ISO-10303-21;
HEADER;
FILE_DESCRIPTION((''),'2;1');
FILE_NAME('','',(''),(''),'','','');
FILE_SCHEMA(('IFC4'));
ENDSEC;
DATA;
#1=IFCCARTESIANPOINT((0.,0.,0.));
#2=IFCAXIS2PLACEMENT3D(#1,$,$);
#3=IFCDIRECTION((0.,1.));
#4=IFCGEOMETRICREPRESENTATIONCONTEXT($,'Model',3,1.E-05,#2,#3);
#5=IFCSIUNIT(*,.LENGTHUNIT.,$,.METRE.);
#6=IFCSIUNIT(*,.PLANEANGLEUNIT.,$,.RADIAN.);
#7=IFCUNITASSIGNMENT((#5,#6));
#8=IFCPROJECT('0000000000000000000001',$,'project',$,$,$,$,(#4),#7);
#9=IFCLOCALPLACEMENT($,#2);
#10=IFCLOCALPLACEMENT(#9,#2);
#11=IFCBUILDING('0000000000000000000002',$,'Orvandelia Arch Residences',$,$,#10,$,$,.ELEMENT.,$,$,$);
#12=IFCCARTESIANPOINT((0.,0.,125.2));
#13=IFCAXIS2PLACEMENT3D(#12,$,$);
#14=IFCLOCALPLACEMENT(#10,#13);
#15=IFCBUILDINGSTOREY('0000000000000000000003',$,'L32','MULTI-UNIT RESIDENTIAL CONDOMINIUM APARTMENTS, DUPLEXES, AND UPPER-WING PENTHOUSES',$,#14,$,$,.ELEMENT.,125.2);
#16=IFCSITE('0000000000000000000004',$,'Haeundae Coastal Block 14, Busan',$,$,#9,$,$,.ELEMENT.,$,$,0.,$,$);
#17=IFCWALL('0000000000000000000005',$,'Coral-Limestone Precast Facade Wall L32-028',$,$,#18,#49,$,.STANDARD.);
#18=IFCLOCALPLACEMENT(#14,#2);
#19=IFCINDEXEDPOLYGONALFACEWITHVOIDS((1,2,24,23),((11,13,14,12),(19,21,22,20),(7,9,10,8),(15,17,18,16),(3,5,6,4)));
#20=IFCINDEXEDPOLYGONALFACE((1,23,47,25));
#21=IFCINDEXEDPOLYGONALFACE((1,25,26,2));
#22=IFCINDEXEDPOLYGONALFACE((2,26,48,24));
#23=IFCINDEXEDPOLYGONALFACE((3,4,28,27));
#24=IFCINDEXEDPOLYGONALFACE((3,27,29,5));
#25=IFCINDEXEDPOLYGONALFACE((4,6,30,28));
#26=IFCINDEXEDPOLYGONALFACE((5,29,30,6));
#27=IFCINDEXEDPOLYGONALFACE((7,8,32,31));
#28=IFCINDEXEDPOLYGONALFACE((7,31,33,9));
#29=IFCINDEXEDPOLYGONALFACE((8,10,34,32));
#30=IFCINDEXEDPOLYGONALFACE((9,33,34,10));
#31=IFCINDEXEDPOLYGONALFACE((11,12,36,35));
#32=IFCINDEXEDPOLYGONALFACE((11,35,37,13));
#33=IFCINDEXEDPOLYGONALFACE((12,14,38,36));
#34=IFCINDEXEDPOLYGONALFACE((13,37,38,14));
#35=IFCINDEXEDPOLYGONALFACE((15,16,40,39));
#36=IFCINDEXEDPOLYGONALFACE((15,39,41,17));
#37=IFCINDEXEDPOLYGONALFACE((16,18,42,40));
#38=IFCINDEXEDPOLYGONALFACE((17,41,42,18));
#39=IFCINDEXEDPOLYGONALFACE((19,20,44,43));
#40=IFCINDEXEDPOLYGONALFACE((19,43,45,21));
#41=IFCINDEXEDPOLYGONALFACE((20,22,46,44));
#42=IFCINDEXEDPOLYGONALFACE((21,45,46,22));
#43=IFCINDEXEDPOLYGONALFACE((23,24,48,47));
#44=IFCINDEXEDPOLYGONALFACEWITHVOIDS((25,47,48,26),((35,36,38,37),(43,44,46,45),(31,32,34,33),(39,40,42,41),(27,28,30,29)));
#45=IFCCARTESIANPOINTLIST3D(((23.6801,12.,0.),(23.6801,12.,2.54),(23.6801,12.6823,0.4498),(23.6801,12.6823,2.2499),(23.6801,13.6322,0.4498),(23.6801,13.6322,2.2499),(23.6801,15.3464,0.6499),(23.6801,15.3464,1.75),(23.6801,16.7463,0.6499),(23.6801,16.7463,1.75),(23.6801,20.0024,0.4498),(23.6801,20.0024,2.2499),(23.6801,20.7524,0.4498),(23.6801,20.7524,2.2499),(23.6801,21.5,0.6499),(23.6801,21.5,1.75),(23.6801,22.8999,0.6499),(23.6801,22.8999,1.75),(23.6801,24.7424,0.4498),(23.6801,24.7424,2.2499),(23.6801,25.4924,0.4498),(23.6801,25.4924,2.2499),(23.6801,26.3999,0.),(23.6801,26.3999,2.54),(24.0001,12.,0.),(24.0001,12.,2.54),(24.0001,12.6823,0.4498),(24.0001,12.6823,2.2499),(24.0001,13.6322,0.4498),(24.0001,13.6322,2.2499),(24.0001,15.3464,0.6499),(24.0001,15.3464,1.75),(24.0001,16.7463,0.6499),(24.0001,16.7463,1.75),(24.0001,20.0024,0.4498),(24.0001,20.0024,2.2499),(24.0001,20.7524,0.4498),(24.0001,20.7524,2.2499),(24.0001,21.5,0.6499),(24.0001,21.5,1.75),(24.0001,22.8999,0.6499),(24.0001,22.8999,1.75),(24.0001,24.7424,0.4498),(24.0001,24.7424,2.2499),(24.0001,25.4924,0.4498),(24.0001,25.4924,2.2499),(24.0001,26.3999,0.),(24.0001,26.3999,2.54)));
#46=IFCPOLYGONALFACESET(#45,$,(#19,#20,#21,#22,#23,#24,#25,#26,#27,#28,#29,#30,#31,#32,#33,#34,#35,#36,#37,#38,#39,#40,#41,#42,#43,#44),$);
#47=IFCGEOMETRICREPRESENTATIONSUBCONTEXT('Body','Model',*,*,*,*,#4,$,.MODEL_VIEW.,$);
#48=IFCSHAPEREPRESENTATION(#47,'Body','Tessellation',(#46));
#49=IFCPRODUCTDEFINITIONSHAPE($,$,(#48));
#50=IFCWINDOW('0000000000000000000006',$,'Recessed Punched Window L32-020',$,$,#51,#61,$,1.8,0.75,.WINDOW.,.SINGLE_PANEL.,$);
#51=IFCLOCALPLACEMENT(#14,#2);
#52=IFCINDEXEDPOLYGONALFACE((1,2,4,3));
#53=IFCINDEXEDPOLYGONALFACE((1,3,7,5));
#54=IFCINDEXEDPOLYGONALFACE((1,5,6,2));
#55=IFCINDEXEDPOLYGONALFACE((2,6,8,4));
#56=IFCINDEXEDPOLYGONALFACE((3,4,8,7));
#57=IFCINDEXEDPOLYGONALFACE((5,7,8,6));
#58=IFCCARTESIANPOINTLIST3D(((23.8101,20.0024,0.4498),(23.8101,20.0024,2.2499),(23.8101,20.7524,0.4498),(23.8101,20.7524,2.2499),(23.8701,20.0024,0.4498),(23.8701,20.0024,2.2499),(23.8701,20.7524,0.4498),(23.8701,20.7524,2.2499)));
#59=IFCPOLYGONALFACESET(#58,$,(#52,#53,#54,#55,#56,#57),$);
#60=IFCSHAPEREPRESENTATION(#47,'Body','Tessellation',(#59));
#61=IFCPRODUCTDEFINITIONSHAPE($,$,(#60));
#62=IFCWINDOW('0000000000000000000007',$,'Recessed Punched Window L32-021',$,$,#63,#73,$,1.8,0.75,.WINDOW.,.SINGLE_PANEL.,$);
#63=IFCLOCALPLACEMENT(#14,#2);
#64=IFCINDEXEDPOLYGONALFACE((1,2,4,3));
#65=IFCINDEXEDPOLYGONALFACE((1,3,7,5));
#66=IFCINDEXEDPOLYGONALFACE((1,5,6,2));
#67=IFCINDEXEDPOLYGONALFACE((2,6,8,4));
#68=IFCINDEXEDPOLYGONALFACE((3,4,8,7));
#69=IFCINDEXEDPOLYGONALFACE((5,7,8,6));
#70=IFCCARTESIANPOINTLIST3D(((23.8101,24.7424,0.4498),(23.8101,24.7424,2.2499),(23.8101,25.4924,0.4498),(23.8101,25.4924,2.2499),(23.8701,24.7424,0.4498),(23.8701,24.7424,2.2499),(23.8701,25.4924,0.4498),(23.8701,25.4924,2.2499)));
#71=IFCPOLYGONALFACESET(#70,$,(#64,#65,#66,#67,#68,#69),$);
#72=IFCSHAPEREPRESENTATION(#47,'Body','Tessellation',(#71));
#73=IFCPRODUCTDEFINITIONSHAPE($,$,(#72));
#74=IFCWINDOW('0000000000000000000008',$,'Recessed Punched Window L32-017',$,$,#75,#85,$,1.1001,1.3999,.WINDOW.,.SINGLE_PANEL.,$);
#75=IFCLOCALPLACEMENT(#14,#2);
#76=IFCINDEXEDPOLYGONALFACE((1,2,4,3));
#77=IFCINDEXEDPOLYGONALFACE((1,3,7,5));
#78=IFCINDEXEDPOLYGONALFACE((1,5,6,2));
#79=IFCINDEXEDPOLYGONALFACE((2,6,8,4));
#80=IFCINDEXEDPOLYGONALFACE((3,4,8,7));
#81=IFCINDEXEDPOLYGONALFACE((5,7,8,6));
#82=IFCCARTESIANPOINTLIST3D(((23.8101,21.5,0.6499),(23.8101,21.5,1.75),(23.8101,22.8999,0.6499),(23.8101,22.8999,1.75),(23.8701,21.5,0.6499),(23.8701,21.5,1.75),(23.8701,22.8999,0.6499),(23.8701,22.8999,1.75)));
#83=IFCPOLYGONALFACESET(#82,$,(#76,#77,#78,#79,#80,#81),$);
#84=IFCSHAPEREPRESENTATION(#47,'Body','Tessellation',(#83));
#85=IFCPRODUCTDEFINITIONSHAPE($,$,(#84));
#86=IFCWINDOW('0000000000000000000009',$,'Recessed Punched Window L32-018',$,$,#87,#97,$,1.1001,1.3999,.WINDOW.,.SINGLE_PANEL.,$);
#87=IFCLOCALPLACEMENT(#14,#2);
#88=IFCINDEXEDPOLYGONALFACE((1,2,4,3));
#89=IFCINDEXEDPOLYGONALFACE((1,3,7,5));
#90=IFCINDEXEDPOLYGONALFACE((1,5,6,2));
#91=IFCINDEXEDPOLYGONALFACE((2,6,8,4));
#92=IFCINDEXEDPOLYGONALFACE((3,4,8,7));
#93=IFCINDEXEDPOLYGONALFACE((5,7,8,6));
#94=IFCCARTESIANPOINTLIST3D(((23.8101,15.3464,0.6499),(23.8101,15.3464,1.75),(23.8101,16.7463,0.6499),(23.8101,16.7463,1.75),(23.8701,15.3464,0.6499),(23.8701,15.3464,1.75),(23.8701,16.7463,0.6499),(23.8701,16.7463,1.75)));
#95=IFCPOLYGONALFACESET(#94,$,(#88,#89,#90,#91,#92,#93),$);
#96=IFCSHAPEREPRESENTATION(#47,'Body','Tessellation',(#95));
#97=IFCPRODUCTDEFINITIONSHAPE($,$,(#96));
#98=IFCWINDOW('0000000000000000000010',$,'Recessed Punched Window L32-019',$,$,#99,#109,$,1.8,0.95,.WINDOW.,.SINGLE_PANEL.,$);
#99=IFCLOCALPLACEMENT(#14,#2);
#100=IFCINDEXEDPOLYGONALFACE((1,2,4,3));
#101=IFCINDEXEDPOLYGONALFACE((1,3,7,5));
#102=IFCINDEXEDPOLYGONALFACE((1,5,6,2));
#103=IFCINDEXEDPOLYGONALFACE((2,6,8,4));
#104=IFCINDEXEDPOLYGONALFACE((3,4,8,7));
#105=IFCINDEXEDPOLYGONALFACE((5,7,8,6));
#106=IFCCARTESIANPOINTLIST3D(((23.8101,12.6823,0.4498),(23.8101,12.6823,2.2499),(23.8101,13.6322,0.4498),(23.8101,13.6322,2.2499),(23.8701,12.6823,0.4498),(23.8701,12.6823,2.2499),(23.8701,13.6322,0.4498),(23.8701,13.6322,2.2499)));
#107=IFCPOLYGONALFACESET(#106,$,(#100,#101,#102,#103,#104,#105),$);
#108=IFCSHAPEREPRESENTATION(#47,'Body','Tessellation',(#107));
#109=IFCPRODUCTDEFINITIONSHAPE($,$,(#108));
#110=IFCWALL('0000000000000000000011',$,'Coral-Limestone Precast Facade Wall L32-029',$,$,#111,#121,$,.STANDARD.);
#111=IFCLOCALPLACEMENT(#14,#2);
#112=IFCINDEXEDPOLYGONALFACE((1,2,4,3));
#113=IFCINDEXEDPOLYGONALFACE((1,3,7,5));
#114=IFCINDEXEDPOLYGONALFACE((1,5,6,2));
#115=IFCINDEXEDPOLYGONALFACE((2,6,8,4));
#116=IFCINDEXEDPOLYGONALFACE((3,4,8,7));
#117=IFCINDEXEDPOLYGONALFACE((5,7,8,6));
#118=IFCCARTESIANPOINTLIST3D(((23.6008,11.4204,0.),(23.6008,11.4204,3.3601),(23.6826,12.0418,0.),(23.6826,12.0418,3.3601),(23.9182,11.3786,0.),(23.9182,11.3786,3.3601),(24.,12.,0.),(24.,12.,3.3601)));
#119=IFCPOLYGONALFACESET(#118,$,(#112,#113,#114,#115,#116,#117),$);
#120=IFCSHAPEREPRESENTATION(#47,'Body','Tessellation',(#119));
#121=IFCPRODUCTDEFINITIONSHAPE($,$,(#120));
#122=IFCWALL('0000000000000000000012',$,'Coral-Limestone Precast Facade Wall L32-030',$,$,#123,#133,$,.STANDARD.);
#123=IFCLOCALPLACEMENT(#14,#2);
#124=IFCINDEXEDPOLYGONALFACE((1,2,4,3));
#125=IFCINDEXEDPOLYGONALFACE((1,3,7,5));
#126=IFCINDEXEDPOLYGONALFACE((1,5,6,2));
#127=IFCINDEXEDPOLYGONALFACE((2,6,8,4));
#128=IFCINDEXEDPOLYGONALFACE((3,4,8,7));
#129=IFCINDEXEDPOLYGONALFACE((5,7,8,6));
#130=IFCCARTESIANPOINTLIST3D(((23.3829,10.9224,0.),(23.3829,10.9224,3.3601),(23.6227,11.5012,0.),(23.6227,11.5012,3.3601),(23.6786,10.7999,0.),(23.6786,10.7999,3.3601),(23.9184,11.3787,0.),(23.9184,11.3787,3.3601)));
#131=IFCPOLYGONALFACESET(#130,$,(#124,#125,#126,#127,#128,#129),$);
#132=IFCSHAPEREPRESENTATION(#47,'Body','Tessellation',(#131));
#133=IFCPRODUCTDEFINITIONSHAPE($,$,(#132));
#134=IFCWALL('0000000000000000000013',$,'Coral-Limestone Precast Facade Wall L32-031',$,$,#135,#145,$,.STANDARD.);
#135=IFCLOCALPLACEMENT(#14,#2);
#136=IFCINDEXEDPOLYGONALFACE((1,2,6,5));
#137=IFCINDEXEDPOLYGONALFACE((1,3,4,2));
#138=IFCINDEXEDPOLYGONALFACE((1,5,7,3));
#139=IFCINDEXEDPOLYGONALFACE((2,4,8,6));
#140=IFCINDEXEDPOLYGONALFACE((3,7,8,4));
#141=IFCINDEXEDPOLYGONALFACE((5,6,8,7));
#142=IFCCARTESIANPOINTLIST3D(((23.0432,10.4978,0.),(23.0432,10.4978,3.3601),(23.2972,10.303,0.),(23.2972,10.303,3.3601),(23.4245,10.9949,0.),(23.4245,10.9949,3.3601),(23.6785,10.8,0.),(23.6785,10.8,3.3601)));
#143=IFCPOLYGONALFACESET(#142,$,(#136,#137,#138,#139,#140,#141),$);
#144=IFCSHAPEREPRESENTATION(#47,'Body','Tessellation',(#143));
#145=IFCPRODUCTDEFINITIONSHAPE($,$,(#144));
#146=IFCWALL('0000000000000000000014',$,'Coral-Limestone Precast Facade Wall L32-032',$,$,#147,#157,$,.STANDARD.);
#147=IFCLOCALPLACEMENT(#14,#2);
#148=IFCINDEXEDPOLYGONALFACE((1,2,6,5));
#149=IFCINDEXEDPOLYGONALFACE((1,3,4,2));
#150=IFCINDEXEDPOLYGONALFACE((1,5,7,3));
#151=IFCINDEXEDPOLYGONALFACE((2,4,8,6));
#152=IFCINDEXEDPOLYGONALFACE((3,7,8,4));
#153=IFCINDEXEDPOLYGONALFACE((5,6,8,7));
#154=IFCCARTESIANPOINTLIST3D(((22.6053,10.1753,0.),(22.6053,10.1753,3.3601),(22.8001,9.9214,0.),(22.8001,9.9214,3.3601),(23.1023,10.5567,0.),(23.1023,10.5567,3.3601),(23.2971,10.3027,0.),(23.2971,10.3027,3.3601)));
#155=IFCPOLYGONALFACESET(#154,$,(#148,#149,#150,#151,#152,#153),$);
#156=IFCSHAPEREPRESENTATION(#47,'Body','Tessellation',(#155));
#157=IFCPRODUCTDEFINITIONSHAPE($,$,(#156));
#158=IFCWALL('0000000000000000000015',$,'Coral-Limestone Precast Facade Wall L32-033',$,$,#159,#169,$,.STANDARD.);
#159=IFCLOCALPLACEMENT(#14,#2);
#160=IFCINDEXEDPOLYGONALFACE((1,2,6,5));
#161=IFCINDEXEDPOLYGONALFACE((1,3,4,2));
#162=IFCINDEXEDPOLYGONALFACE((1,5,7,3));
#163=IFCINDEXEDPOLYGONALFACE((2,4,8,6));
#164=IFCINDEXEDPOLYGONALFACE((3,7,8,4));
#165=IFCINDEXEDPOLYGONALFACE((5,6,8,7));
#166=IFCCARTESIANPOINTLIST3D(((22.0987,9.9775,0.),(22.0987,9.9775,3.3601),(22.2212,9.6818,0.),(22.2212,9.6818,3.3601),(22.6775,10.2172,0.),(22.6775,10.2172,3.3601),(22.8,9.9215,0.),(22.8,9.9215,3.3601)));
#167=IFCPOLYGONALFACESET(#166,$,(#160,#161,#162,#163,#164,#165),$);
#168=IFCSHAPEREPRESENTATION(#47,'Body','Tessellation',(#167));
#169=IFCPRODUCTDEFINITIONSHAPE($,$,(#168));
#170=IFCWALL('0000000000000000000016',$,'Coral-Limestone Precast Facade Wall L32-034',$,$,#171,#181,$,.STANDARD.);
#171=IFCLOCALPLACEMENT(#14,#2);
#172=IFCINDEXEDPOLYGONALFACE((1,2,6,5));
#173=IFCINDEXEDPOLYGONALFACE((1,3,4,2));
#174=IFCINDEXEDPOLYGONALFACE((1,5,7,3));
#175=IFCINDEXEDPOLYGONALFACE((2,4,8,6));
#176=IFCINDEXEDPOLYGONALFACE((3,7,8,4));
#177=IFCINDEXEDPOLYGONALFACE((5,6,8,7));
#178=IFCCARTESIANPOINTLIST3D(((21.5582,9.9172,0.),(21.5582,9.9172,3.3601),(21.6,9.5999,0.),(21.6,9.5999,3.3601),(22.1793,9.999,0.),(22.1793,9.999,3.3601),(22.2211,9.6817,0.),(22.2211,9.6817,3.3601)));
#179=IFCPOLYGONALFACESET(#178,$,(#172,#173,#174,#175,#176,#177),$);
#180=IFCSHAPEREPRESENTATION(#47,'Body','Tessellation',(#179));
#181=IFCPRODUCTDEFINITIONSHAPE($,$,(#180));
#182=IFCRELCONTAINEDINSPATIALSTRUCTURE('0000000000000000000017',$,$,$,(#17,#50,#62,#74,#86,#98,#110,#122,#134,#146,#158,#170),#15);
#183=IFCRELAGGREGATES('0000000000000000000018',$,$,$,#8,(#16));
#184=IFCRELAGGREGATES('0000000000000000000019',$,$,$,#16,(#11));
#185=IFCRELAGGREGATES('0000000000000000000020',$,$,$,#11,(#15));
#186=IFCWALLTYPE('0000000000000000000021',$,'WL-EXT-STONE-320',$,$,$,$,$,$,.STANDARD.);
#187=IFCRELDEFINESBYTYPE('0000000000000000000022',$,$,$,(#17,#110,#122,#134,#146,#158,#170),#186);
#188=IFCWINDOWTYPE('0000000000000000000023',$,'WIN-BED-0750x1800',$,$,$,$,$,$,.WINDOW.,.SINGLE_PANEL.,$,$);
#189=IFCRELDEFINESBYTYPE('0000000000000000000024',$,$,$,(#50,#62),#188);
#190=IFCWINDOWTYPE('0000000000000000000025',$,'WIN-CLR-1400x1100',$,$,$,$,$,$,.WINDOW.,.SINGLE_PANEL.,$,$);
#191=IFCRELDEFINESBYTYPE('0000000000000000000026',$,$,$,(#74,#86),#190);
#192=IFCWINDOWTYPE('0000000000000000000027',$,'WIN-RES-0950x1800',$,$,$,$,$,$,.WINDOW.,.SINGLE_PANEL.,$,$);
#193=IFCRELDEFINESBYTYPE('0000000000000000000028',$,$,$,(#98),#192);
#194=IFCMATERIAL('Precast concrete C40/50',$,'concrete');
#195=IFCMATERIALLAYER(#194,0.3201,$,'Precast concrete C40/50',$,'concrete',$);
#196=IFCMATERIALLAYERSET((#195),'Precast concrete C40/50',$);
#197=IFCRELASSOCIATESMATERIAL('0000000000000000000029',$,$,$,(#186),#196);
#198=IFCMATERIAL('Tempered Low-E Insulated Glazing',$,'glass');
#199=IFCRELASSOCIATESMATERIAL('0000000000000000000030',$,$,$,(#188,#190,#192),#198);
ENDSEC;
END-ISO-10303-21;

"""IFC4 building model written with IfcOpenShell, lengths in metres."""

from ifc_helpers import new_model, si_unit, direction, frame, frame_2d, origin, place, context, subcontext, project, spatial, rectangle, extrude, material, layer, layer_set, type_object, element, fill, save


model = new_model("IFC4")

# Units and contexts
model_context = context("Model", 3, precision=1e-05, world=origin(), true_north=direction((0.0, 1.0)))
body_context = subcontext(model_context, "Body", "Model", "MODEL_VIEW")
ifc_project = project(units=[si_unit("LENGTHUNIT", "METRE"), si_unit("PLANEANGLEUNIT", "RADIAN")], contexts=[model_context])

# Site, building, storey
site_placement = place(None, origin())
site = spatial("IfcSite", under=ifc_project, at=site_placement, Name="Haeundae Coastal Block 14, Busan", CompositionType="ELEMENT", RefElevation=0.0)
building_placement = place(site_placement, origin())
building = spatial("IfcBuilding", under=site, at=building_placement, Name="Orvandelia Arch Residences", CompositionType="ELEMENT")
storey_placement = place(building_placement, frame((0.0, 0.0, 125.2)))
storey = spatial("IfcBuildingStorey", under=building, at=storey_placement, Name="L32", Description="MULTI-UNIT RESIDENTIAL CONDOMINIUM APARTMENTS, DUPLEXES, AND UPPER-WING PENTHOUSES", CompositionType="ELEMENT", Elevation=125.2)

# Wall, openings, windows
ifc_material_1 = material(Name="Precast concrete C40/50", Category="concrete")
ifc_layer = layer(ifc_material_1, 0.3201, Name="Precast concrete C40/50", Category="concrete")
ifc_layer_set = layer_set([ifc_layer], Name="Precast concrete C40/50")
wall_type = type_object("IfcWallType", Name="WL-EXT-STONE-320", PredefinedType="STANDARD", material=ifc_layer_set)
wall_1_placement = place(storey_placement, frame((23.8401, 26.3999, 0.0), z_axis=(0.0, 0.0, 1.0), x_axis=(0.0, -1.0, 0.0)))
wall_1 = element("IfcWall", 1, at=wall_1_placement, inside=storey, type_object=wall_type, Name="Coral-Limestone Precast Facade Wall L32-028", PredefinedType="STANDARD", context=body_context, shape_type="SweptSolid", body=[
    extrude(rectangle(XDim=14.3999, YDim=0.3201, at=frame_2d((7.2, 0.0))), origin(), (0.0, 0.0, 1.0), 2.54),
])
opening_1_placement = place(wall_1_placement, frame((3.5, 0.0, 0.6499)))
opening_1 = element("IfcOpeningElement", 2, at=opening_1_placement, cuts=wall_1, PredefinedType="OPENING", context=body_context, shape_type="SweptSolid", body=[
    extrude(rectangle(XDim=1.3999, YDim=1.1001, at=frame_2d((0.7, 0.55))), frame((0.0, 0.1699, 0.0), z_axis=(0.0, -1.0, 0.0), x_axis=(1.0, 0.0, 0.0)), (0.0, 0.0, 1.0), 0.3401),
])
opening_2_placement = place(wall_1_placement, frame((9.6536, 0.0, 0.6499)))
opening_2 = element("IfcOpeningElement", 3, at=opening_2_placement, cuts=wall_1, PredefinedType="OPENING", context=body_context, shape_type="SweptSolid", body=[
    extrude(rectangle(XDim=1.3999, YDim=1.1001, at=frame_2d((0.7, 0.55))), frame((0.0, 0.1699, 0.0), z_axis=(0.0, -1.0, 0.0), x_axis=(1.0, 0.0, 0.0)), (0.0, 0.0, 1.0), 0.3401),
])
opening_3_placement = place(wall_1_placement, frame((12.7676, 0.0, 0.45)))
opening_3 = element("IfcOpeningElement", 4, at=opening_3_placement, cuts=wall_1, PredefinedType="OPENING", context=body_context, shape_type="SweptSolid", body=[
    extrude(rectangle(XDim=0.95, YDim=1.8, at=frame_2d((0.4751, 0.8999))), frame((0.0, 0.1699, 0.0), z_axis=(0.0, -1.0, 0.0), x_axis=(1.0, 0.0, 0.0)), (0.0, 0.0, 1.0), 0.3401),
])
opening_4_placement = place(wall_1_placement, frame((5.6475, 0.0, 0.45)))
opening_4 = element("IfcOpeningElement", 5, at=opening_4_placement, cuts=wall_1, PredefinedType="OPENING", context=body_context, shape_type="SweptSolid", body=[
    extrude(rectangle(XDim=0.75, YDim=1.8, at=frame_2d((0.375, 0.8999))), frame((0.0, 0.1699, 0.0), z_axis=(0.0, -1.0, 0.0), x_axis=(1.0, 0.0, 0.0)), (0.0, 0.0, 1.0), 0.3401),
])
opening_5_placement = place(wall_1_placement, frame((0.9075, 0.0, 0.45)))
opening_5 = element("IfcOpeningElement", 6, at=opening_5_placement, cuts=wall_1, PredefinedType="OPENING", context=body_context, shape_type="SweptSolid", body=[
    extrude(rectangle(XDim=0.75, YDim=1.8, at=frame_2d((0.375, 0.8999))), frame((0.0, 0.1699, 0.0), z_axis=(0.0, -1.0, 0.0), x_axis=(1.0, 0.0, 0.0)), (0.0, 0.0, 1.0), 0.3401),
])
ifc_material_2 = material(Name="Tempered Low-E Insulated Glazing", Category="glass")
window_type_1 = type_object("IfcWindowType", Name="WIN-BED-0750x1800", PartitioningType="SINGLE_PANEL", PredefinedType="WINDOW", material=ifc_material_2)
window_1_placement = place(opening_4_placement, origin())
window_1 = element("IfcWindow", 7, at=window_1_placement, inside=storey, type_object=window_type_1, Name="Recessed Punched Window L32-020", OverallHeight=1.8, OverallWidth=0.75, PartitioningType="SINGLE_PANEL", PredefinedType="WINDOW", context=body_context, shape_type="SweptSolid", body=[
    extrude(rectangle(XDim=0.75, YDim=1.8, at=frame_2d((0.375, 0.8999))), frame((0.0, 0.03, 0.0), z_axis=(0.0, -1.0, 0.0), x_axis=(1.0, 0.0, 0.0)), (0.0, 0.0, 1.0), 0.0601),
])
fill(opening_4, window_1)
window_2_placement = place(opening_5_placement, origin())
window_2 = element("IfcWindow", 8, at=window_2_placement, inside=storey, type_object=window_type_1, Name="Recessed Punched Window L32-021", OverallHeight=1.8, OverallWidth=0.75, PartitioningType="SINGLE_PANEL", PredefinedType="WINDOW", context=body_context, shape_type="SweptSolid", body=[
    extrude(rectangle(XDim=0.75, YDim=1.8, at=frame_2d((0.375, 0.8999))), frame((0.0, 0.03, 0.0), z_axis=(0.0, -1.0, 0.0), x_axis=(1.0, 0.0, 0.0)), (0.0, 0.0, 1.0), 0.0601),
])
fill(opening_5, window_2)
window_type_2 = type_object("IfcWindowType", Name="WIN-CLR-1400x1100", PartitioningType="SINGLE_PANEL", PredefinedType="WINDOW", material=ifc_material_2)
window_3_placement = place(opening_1_placement, origin())
window_3 = element("IfcWindow", 9, at=window_3_placement, inside=storey, type_object=window_type_2, Name="Recessed Punched Window L32-017", OverallHeight=1.1001, OverallWidth=1.3999, PartitioningType="SINGLE_PANEL", PredefinedType="WINDOW", context=body_context, shape_type="SweptSolid", body=[
    extrude(rectangle(XDim=1.3999, YDim=1.1001, at=frame_2d((0.7, 0.55))), frame((0.0, 0.03, 0.0), z_axis=(0.0, -1.0, 0.0), x_axis=(1.0, 0.0, 0.0)), (0.0, 0.0, 1.0), 0.0601),
])
fill(opening_1, window_3)
window_4_placement = place(opening_2_placement, origin())
window_4 = element("IfcWindow", 10, at=window_4_placement, inside=storey, type_object=window_type_2, Name="Recessed Punched Window L32-018", OverallHeight=1.1001, OverallWidth=1.3999, PartitioningType="SINGLE_PANEL", PredefinedType="WINDOW", context=body_context, shape_type="SweptSolid", body=[
    extrude(rectangle(XDim=1.3999, YDim=1.1001, at=frame_2d((0.7, 0.55))), frame((0.0, 0.03, 0.0), z_axis=(0.0, -1.0, 0.0), x_axis=(1.0, 0.0, 0.0)), (0.0, 0.0, 1.0), 0.0601),
])
fill(opening_2, window_4)
window_type_3 = type_object("IfcWindowType", Name="WIN-RES-0950x1800", PartitioningType="SINGLE_PANEL", PredefinedType="WINDOW", material=ifc_material_2)
window_5_placement = place(opening_3_placement, origin())
window_5 = element("IfcWindow", 11, at=window_5_placement, inside=storey, type_object=window_type_3, Name="Recessed Punched Window L32-019", OverallHeight=1.8, OverallWidth=0.95, PartitioningType="SINGLE_PANEL", PredefinedType="WINDOW", context=body_context, shape_type="SweptSolid", body=[
    extrude(rectangle(XDim=0.95, YDim=1.8, at=frame_2d((0.4751, 0.8999))), frame((0.0, 0.03, 0.0), z_axis=(0.0, -1.0, 0.0), x_axis=(1.0, 0.0, 0.0)), (0.0, 0.0, 1.0), 0.0601),
])
fill(opening_3, window_5)

# Walls
wall_2_placement = place(storey_placement, frame((23.8413, 12.021, 0.0), z_axis=(0.0, 0.0, 1.0), x_axis=(-0.130505, -0.991448, 0.0)))
element("IfcWall", 12, at=wall_2_placement, inside=storey, type_object=wall_type, Name="Coral-Limestone Precast Facade Wall L32-029", PredefinedType="STANDARD", context=body_context, shape_type="SweptSolid", body=[
    extrude(rectangle(XDim=0.6267, YDim=0.3201, at=frame_2d((0.3135, 0.0))), origin(), (0.0, 0.0, 1.0), 3.3601),
])
for number, where, z_axis, x_axis, name in (
    (13, (23.7705, 11.4399, 0.0), (0.0, 0.0, 1.0), (-0.38265, -0.923893, 0.0), "Coral-Limestone Precast Facade Wall L32-030"),
    (14, (23.5515, 10.8975, 0.0), (0.0, 0.0, 1.0), (-0.608693, -0.793406, 0.0), "Coral-Limestone Precast Facade Wall L32-031"),
    (15, (23.1997, 10.4297, 0.0), (0.0, 0.0, 1.0), (-0.793406, -0.608693, 0.0), "Coral-Limestone Precast Facade Wall L32-032"),
    (16, (22.7388, 10.0693, 0.0), (0.0, 0.0, 1.0), (-0.923893, -0.38265, 0.0), "Coral-Limestone Precast Facade Wall L32-033"),
    (17, (22.2002, 9.8403, 0.0), (0.0, 0.0, 1.0), (-0.991441, -0.130555, 0.0), "Coral-Limestone Precast Facade Wall L32-034"),
):
    element("IfcWall", number, at=place(storey_placement, frame(where, z_axis=z_axis, x_axis=x_axis)), inside=storey, type_object=wall_type, Name=name, PredefinedType="STANDARD", context=body_context, shape_type="SweptSolid", body=[
        extrude(rectangle(XDim=0.6265, YDim=0.3201, at=frame_2d((0.3132, 0.0))), origin(), (0.0, 0.0, 1.0), 3.3601),
    ])

save(model, "model.ifc")
